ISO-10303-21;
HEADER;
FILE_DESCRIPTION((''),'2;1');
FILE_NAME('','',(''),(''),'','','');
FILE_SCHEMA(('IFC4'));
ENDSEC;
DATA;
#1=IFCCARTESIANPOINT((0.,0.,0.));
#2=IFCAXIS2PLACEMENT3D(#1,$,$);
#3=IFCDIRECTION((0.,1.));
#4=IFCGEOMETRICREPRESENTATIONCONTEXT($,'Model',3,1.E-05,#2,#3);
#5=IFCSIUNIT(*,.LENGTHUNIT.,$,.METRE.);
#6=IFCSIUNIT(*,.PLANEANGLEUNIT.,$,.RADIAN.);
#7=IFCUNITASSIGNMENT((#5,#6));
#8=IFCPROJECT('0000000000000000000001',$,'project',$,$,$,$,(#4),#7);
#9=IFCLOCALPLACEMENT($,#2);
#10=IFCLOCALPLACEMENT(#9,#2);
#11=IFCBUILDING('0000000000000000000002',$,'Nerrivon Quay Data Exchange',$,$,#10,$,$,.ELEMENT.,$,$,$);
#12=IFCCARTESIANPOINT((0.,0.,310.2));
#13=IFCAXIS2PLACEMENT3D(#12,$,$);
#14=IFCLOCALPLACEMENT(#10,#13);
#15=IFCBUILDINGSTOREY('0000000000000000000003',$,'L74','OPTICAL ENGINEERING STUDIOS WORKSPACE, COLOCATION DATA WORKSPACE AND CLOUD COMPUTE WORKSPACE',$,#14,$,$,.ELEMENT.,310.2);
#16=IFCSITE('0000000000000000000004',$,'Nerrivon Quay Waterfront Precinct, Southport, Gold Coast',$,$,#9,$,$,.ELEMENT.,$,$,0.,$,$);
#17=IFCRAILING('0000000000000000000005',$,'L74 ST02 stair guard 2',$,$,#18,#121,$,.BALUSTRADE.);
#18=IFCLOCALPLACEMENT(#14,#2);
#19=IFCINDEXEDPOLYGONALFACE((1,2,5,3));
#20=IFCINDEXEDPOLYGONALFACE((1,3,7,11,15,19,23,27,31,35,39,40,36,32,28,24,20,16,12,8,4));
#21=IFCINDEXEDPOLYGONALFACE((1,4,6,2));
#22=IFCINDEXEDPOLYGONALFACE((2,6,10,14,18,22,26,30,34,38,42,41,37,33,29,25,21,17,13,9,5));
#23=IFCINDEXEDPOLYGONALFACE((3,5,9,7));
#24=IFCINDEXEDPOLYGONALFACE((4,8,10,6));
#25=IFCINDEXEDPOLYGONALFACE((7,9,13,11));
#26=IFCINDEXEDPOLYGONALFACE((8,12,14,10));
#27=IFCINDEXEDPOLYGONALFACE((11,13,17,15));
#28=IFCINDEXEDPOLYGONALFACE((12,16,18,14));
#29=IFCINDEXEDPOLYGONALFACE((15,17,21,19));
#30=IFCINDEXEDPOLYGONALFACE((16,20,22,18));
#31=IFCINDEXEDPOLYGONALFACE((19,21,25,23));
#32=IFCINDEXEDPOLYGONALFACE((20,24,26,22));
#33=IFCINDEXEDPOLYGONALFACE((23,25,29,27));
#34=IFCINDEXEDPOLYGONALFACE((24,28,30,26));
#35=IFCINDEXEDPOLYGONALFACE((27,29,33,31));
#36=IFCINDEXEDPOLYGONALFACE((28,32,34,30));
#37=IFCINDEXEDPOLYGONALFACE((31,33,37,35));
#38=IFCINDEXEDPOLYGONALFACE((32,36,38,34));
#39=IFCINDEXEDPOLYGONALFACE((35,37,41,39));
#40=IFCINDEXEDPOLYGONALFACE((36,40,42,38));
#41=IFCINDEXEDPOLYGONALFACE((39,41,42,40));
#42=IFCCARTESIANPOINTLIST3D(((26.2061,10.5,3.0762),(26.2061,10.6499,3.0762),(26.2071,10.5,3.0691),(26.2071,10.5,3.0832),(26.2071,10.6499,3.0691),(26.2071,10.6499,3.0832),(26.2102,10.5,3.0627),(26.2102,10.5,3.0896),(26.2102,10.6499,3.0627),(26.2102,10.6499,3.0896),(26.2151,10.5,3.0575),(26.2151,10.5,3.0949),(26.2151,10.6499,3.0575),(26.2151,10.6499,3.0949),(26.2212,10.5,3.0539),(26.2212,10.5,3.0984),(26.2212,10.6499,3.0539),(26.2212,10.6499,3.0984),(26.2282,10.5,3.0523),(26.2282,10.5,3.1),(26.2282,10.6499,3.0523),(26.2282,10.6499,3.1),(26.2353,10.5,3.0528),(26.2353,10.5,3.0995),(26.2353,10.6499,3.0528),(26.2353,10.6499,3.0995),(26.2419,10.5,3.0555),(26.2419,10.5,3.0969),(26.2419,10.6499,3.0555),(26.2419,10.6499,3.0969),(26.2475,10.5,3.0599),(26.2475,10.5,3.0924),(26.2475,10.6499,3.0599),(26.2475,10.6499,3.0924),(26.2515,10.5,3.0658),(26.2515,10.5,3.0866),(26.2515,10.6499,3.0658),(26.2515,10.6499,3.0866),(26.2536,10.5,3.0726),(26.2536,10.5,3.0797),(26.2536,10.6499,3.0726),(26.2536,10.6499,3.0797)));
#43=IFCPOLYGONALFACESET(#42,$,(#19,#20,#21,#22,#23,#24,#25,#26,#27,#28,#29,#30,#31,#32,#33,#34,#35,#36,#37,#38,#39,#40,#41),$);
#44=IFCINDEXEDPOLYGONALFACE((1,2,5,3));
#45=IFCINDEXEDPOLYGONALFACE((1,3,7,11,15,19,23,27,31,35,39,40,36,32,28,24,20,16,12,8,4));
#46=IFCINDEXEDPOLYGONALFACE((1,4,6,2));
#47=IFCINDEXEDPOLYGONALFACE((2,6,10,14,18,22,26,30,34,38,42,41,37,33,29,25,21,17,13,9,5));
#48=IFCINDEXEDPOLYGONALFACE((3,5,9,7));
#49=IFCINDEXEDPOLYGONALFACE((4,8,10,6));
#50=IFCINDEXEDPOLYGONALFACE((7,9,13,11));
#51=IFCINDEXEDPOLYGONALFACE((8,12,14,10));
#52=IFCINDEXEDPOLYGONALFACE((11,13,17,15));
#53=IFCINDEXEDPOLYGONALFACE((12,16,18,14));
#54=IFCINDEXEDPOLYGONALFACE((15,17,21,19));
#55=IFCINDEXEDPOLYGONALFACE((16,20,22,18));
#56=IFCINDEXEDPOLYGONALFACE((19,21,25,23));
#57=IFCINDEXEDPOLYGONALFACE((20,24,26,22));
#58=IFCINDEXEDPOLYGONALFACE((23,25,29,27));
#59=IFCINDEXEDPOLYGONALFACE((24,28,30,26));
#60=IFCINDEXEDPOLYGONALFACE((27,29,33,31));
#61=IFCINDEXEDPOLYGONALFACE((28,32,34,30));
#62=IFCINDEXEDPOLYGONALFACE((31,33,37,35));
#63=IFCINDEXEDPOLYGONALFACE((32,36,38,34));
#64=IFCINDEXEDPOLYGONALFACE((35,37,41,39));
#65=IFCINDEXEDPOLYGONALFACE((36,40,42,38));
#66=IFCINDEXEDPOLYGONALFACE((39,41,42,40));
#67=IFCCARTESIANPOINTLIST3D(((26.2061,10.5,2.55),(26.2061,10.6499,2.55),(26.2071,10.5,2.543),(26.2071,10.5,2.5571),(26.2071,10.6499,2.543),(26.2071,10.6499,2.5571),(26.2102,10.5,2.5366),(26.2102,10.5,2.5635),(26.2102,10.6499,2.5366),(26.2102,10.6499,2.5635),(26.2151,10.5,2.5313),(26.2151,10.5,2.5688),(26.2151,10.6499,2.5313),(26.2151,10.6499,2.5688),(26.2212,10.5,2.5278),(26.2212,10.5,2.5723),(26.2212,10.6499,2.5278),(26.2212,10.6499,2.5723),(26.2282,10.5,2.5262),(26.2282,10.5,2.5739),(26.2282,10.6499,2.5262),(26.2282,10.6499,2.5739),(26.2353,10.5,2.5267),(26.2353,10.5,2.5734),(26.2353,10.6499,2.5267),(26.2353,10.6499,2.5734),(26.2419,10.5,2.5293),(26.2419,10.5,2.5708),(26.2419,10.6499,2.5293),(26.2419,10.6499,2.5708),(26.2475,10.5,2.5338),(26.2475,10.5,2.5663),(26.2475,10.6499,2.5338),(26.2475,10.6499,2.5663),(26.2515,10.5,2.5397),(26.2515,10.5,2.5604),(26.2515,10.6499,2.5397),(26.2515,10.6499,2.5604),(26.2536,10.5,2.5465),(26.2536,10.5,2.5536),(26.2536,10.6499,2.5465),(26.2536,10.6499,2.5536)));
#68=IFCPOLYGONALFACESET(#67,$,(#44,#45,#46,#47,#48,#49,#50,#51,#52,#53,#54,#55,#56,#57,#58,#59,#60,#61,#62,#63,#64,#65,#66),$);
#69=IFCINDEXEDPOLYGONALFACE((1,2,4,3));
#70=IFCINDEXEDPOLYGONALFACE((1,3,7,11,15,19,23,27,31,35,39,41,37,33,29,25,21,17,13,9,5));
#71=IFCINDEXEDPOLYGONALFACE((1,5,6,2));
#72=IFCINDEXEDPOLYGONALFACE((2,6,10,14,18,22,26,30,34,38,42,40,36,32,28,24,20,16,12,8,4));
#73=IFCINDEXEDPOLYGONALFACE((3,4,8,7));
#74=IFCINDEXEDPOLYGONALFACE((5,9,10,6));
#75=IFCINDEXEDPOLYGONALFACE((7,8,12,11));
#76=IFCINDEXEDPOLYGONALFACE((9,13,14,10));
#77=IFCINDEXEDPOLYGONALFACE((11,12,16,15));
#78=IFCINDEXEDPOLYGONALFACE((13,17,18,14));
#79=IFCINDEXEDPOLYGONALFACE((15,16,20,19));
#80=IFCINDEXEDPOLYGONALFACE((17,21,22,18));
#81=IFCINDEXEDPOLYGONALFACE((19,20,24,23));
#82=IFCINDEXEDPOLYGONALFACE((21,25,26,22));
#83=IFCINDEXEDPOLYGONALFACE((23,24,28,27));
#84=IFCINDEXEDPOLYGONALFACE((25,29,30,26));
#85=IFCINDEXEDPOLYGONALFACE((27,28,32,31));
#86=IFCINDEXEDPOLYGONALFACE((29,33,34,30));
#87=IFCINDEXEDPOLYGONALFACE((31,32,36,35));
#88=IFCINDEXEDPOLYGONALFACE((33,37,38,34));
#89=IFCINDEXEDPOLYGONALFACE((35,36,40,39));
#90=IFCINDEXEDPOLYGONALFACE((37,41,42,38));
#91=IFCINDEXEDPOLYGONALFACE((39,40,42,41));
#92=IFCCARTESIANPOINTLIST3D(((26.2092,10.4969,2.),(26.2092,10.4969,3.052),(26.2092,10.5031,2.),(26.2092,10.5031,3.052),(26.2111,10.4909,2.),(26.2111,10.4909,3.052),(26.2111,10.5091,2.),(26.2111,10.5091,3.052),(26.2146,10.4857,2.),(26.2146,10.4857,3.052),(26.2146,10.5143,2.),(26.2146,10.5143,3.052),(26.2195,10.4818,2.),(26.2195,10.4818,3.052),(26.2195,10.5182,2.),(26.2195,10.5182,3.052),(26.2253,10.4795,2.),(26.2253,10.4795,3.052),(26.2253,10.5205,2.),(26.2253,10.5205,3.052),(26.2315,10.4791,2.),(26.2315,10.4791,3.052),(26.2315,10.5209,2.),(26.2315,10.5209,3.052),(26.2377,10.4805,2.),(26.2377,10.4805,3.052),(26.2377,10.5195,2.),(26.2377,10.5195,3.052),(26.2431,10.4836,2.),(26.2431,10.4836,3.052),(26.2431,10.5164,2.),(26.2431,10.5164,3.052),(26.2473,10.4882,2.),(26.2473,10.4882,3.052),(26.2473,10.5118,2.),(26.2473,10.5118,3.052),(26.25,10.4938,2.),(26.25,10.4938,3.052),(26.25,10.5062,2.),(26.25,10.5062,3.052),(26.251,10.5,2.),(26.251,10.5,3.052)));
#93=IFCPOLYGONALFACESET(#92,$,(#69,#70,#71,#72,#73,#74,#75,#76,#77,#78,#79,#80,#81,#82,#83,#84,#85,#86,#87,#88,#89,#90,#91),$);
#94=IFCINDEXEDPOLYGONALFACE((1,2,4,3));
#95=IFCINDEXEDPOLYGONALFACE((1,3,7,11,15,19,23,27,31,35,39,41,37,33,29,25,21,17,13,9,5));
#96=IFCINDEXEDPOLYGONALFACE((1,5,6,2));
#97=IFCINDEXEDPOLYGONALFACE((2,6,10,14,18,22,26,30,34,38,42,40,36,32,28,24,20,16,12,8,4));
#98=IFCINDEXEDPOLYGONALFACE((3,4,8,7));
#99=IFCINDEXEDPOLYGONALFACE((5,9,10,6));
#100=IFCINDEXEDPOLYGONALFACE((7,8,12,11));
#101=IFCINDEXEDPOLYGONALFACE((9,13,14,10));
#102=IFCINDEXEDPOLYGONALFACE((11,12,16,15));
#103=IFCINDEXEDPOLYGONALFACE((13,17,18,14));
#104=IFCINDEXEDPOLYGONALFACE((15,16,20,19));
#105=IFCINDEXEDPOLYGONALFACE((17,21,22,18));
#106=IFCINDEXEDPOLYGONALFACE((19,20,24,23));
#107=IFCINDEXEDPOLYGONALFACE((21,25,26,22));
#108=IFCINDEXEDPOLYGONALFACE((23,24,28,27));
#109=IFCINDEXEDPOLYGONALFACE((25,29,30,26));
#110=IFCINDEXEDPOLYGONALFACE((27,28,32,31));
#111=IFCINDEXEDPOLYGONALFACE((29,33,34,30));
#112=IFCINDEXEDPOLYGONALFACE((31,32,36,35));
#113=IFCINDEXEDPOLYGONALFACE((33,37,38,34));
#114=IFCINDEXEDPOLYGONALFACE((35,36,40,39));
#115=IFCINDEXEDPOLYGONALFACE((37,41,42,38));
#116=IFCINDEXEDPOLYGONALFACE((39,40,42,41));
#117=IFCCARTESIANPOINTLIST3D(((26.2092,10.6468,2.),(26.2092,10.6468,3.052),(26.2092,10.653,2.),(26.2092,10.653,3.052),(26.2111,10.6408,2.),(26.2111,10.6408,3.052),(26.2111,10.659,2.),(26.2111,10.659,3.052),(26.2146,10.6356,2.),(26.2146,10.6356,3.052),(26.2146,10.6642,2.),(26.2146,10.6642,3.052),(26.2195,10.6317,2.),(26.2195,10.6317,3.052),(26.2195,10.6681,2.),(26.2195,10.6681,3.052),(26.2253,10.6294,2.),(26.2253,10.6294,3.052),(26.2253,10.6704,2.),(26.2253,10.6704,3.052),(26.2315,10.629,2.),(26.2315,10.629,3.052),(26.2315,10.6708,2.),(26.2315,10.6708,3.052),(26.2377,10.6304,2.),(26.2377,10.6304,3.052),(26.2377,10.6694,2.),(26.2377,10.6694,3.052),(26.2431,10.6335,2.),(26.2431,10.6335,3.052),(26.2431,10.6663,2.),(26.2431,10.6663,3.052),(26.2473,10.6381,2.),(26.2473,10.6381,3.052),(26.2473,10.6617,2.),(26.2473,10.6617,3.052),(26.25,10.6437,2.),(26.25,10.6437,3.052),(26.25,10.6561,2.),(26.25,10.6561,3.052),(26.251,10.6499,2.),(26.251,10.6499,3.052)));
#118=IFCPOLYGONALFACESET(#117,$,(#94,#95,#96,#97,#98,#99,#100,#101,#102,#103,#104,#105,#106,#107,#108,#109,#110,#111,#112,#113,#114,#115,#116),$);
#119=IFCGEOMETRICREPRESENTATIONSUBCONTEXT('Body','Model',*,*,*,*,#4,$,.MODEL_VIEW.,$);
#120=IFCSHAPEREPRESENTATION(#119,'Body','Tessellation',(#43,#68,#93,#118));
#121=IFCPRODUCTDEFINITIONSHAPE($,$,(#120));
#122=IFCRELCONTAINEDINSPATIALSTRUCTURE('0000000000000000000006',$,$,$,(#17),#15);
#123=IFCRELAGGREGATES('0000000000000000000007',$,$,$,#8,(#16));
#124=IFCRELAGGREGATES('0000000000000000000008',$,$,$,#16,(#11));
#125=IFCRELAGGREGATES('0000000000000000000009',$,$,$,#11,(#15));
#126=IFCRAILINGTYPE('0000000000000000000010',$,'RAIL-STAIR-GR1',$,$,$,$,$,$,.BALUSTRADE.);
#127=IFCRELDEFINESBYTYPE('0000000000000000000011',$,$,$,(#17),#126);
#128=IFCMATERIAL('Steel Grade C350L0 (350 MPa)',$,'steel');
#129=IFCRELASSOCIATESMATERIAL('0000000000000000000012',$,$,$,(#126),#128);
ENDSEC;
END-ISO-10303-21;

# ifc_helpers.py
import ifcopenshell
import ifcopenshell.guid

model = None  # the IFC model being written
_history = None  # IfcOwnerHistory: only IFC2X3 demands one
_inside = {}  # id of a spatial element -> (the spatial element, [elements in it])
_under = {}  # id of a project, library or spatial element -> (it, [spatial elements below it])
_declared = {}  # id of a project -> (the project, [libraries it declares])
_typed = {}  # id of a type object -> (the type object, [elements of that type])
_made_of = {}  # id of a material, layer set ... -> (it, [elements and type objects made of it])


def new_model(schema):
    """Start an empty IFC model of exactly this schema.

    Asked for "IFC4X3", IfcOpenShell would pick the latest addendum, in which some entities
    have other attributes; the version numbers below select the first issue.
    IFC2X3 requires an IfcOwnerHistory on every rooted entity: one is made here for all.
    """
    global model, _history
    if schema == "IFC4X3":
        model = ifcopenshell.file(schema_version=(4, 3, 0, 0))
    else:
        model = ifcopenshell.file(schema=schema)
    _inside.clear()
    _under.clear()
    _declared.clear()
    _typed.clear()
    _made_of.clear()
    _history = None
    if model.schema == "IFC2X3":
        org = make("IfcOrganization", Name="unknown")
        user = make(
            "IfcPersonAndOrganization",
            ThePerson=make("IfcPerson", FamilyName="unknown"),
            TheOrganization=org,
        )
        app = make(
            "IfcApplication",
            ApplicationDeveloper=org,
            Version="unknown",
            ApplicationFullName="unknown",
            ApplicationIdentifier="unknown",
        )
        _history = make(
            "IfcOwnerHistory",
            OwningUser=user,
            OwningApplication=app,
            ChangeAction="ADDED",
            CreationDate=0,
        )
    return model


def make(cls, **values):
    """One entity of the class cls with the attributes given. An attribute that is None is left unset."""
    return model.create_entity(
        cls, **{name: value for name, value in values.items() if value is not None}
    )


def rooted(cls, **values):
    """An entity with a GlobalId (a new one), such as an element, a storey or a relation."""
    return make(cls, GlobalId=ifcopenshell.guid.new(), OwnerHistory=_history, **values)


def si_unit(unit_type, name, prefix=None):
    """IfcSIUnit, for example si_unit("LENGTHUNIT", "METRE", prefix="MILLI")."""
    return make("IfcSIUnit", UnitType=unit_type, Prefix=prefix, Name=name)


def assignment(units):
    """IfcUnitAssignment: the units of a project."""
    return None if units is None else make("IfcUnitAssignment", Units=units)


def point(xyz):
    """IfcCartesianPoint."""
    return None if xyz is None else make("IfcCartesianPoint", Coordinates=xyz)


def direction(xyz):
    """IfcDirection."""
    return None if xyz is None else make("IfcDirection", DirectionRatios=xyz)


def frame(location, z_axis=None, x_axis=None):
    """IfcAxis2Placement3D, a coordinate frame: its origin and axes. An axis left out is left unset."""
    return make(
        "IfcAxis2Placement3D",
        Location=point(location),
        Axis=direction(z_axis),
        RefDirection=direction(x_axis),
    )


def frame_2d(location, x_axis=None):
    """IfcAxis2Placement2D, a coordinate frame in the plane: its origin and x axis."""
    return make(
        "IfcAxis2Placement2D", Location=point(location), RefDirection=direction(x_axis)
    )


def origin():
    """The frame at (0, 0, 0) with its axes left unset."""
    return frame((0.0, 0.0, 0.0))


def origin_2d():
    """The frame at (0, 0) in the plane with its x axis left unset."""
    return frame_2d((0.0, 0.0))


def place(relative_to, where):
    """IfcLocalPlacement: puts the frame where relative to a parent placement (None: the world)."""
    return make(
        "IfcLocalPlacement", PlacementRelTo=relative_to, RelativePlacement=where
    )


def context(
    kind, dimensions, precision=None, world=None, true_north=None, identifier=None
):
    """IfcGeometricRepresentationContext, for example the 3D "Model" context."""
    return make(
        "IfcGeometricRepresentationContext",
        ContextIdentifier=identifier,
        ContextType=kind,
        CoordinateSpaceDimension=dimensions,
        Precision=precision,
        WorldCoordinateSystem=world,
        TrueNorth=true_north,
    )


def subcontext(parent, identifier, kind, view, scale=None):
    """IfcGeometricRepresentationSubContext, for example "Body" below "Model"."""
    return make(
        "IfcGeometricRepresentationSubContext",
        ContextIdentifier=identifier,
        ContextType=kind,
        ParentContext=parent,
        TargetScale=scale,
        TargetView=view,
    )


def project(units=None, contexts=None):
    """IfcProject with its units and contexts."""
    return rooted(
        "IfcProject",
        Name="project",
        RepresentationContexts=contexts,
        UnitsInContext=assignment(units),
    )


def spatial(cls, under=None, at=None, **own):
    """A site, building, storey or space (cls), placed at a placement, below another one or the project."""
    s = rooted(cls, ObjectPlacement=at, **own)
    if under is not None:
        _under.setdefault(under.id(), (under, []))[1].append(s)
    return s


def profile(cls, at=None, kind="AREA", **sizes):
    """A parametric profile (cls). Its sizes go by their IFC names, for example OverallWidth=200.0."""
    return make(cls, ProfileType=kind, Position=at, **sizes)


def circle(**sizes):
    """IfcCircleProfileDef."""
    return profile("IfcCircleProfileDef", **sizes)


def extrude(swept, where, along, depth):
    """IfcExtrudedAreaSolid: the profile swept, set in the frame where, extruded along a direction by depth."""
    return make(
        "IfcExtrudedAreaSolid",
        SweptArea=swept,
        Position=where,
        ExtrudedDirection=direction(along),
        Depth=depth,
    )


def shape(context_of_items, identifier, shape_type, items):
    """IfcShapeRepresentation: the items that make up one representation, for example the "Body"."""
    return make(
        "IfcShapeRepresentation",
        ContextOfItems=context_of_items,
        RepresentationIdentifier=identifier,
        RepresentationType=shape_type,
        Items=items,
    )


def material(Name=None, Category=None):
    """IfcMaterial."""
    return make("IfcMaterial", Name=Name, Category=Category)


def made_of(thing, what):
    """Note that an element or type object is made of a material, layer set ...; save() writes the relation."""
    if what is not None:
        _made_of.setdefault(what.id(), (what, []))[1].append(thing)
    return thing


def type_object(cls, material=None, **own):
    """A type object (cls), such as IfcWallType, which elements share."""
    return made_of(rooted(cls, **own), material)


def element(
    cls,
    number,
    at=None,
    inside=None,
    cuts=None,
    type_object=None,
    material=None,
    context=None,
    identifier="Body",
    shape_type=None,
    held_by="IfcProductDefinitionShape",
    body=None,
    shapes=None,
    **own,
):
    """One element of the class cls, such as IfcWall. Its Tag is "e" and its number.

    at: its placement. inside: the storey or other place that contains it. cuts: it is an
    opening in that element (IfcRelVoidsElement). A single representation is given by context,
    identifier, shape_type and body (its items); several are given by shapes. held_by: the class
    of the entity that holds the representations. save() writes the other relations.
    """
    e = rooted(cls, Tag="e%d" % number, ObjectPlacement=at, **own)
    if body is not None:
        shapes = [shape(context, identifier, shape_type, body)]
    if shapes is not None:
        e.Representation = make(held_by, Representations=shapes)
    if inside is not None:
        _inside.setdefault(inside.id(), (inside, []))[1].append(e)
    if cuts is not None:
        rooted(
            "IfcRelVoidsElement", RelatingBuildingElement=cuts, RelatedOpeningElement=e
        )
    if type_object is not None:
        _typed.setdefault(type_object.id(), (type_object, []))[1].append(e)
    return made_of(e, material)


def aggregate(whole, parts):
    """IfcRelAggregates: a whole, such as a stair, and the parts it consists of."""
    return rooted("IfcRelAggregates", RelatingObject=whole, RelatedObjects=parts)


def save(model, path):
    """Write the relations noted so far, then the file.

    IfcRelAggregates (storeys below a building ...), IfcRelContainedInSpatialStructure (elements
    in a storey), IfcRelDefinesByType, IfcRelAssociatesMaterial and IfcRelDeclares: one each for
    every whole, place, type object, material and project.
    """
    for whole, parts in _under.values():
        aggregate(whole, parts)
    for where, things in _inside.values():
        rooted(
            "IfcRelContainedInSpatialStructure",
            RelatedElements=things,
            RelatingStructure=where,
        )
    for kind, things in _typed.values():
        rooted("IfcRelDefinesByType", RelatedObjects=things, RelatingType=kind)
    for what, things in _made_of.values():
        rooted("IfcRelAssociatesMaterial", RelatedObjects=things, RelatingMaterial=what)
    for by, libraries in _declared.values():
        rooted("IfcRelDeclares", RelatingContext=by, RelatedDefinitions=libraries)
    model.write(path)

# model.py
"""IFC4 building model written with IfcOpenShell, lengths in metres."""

from ifc_helpers import new_model, si_unit, direction, frame, origin, origin_2d, place, context, subcontext, project, spatial, circle, extrude, material, type_object, element, save


model = new_model("IFC4")

# Units and contexts
model_context = context("Model", 3, precision=1e-05, world=origin(), true_north=direction((0.0, 1.0)))
body_context = subcontext(model_context, "Body", "Model", "MODEL_VIEW")
ifc_project = project(units=[si_unit("LENGTHUNIT", "METRE"), si_unit("PLANEANGLEUNIT", "RADIAN")], contexts=[model_context])

# Site, building, storey
site_placement = place(None, origin())
site = spatial("IfcSite", under=ifc_project, at=site_placement, Name="Nerrivon Quay Waterfront Precinct, Southport, Gold Coast", CompositionType="ELEMENT", RefElevation=0.0)
building_placement = place(site_placement, origin())
building = spatial("IfcBuilding", under=site, at=building_placement, Name="Nerrivon Quay Data Exchange", CompositionType="ELEMENT")
storey_placement = place(building_placement, frame((0.0, 0.0, 310.2)))
storey = spatial("IfcBuildingStorey", under=building, at=storey_placement, Name="L74", Description="OPTICAL ENGINEERING STUDIOS WORKSPACE, COLOCATION DATA WORKSPACE AND CLOUD COMPUTE WORKSPACE", CompositionType="ELEMENT", Elevation=310.2)

# Railing
ifc_material_1 = material(Name="Steel Grade C350L0 (350 MPa)", Category="steel")
railing_type_1 = type_object("IfcRailingType", Name="RAIL-STAIR-GR1", PredefinedType="BALUSTRADE", material=ifc_material_1)
railing_1_placement = place(storey_placement, frame((26.23, 10.5, 2.0)))
element("IfcRailing", 1, at=railing_1_placement, inside=storey, type_object=railing_type_1, Name="L74 ST02 stair guard 2", PredefinedType="BALUSTRADE", context=body_context, shape_type="SweptSolid", body=[
    extrude(circle(Radius=0.0239, at=origin_2d()), frame((0.0, 0.0, 1.0762), z_axis=(0.0, 1.0, 0.0), x_axis=(-1.0, 0.0, 0.0)), (0.0, 0.0, 1.0), 0.1499),
    extrude(circle(Radius=0.0239, at=origin_2d()), frame((0.0, 0.0, 0.55), z_axis=(0.0, 1.0, 0.0), x_axis=(-1.0, 0.0, 0.0)), (0.0, 0.0, 1.0), 0.1499),
    extrude(circle(Radius=0.021, at=origin_2d()), origin(), (0.0, 0.0, 1.0), 1.052),
    extrude(circle(Radius=0.021, at=origin_2d()), frame((0.0, 0.1499, 0.0)), (0.0, 0.0, 1.0), 1.052),
])

save(model, "model.ifc")
